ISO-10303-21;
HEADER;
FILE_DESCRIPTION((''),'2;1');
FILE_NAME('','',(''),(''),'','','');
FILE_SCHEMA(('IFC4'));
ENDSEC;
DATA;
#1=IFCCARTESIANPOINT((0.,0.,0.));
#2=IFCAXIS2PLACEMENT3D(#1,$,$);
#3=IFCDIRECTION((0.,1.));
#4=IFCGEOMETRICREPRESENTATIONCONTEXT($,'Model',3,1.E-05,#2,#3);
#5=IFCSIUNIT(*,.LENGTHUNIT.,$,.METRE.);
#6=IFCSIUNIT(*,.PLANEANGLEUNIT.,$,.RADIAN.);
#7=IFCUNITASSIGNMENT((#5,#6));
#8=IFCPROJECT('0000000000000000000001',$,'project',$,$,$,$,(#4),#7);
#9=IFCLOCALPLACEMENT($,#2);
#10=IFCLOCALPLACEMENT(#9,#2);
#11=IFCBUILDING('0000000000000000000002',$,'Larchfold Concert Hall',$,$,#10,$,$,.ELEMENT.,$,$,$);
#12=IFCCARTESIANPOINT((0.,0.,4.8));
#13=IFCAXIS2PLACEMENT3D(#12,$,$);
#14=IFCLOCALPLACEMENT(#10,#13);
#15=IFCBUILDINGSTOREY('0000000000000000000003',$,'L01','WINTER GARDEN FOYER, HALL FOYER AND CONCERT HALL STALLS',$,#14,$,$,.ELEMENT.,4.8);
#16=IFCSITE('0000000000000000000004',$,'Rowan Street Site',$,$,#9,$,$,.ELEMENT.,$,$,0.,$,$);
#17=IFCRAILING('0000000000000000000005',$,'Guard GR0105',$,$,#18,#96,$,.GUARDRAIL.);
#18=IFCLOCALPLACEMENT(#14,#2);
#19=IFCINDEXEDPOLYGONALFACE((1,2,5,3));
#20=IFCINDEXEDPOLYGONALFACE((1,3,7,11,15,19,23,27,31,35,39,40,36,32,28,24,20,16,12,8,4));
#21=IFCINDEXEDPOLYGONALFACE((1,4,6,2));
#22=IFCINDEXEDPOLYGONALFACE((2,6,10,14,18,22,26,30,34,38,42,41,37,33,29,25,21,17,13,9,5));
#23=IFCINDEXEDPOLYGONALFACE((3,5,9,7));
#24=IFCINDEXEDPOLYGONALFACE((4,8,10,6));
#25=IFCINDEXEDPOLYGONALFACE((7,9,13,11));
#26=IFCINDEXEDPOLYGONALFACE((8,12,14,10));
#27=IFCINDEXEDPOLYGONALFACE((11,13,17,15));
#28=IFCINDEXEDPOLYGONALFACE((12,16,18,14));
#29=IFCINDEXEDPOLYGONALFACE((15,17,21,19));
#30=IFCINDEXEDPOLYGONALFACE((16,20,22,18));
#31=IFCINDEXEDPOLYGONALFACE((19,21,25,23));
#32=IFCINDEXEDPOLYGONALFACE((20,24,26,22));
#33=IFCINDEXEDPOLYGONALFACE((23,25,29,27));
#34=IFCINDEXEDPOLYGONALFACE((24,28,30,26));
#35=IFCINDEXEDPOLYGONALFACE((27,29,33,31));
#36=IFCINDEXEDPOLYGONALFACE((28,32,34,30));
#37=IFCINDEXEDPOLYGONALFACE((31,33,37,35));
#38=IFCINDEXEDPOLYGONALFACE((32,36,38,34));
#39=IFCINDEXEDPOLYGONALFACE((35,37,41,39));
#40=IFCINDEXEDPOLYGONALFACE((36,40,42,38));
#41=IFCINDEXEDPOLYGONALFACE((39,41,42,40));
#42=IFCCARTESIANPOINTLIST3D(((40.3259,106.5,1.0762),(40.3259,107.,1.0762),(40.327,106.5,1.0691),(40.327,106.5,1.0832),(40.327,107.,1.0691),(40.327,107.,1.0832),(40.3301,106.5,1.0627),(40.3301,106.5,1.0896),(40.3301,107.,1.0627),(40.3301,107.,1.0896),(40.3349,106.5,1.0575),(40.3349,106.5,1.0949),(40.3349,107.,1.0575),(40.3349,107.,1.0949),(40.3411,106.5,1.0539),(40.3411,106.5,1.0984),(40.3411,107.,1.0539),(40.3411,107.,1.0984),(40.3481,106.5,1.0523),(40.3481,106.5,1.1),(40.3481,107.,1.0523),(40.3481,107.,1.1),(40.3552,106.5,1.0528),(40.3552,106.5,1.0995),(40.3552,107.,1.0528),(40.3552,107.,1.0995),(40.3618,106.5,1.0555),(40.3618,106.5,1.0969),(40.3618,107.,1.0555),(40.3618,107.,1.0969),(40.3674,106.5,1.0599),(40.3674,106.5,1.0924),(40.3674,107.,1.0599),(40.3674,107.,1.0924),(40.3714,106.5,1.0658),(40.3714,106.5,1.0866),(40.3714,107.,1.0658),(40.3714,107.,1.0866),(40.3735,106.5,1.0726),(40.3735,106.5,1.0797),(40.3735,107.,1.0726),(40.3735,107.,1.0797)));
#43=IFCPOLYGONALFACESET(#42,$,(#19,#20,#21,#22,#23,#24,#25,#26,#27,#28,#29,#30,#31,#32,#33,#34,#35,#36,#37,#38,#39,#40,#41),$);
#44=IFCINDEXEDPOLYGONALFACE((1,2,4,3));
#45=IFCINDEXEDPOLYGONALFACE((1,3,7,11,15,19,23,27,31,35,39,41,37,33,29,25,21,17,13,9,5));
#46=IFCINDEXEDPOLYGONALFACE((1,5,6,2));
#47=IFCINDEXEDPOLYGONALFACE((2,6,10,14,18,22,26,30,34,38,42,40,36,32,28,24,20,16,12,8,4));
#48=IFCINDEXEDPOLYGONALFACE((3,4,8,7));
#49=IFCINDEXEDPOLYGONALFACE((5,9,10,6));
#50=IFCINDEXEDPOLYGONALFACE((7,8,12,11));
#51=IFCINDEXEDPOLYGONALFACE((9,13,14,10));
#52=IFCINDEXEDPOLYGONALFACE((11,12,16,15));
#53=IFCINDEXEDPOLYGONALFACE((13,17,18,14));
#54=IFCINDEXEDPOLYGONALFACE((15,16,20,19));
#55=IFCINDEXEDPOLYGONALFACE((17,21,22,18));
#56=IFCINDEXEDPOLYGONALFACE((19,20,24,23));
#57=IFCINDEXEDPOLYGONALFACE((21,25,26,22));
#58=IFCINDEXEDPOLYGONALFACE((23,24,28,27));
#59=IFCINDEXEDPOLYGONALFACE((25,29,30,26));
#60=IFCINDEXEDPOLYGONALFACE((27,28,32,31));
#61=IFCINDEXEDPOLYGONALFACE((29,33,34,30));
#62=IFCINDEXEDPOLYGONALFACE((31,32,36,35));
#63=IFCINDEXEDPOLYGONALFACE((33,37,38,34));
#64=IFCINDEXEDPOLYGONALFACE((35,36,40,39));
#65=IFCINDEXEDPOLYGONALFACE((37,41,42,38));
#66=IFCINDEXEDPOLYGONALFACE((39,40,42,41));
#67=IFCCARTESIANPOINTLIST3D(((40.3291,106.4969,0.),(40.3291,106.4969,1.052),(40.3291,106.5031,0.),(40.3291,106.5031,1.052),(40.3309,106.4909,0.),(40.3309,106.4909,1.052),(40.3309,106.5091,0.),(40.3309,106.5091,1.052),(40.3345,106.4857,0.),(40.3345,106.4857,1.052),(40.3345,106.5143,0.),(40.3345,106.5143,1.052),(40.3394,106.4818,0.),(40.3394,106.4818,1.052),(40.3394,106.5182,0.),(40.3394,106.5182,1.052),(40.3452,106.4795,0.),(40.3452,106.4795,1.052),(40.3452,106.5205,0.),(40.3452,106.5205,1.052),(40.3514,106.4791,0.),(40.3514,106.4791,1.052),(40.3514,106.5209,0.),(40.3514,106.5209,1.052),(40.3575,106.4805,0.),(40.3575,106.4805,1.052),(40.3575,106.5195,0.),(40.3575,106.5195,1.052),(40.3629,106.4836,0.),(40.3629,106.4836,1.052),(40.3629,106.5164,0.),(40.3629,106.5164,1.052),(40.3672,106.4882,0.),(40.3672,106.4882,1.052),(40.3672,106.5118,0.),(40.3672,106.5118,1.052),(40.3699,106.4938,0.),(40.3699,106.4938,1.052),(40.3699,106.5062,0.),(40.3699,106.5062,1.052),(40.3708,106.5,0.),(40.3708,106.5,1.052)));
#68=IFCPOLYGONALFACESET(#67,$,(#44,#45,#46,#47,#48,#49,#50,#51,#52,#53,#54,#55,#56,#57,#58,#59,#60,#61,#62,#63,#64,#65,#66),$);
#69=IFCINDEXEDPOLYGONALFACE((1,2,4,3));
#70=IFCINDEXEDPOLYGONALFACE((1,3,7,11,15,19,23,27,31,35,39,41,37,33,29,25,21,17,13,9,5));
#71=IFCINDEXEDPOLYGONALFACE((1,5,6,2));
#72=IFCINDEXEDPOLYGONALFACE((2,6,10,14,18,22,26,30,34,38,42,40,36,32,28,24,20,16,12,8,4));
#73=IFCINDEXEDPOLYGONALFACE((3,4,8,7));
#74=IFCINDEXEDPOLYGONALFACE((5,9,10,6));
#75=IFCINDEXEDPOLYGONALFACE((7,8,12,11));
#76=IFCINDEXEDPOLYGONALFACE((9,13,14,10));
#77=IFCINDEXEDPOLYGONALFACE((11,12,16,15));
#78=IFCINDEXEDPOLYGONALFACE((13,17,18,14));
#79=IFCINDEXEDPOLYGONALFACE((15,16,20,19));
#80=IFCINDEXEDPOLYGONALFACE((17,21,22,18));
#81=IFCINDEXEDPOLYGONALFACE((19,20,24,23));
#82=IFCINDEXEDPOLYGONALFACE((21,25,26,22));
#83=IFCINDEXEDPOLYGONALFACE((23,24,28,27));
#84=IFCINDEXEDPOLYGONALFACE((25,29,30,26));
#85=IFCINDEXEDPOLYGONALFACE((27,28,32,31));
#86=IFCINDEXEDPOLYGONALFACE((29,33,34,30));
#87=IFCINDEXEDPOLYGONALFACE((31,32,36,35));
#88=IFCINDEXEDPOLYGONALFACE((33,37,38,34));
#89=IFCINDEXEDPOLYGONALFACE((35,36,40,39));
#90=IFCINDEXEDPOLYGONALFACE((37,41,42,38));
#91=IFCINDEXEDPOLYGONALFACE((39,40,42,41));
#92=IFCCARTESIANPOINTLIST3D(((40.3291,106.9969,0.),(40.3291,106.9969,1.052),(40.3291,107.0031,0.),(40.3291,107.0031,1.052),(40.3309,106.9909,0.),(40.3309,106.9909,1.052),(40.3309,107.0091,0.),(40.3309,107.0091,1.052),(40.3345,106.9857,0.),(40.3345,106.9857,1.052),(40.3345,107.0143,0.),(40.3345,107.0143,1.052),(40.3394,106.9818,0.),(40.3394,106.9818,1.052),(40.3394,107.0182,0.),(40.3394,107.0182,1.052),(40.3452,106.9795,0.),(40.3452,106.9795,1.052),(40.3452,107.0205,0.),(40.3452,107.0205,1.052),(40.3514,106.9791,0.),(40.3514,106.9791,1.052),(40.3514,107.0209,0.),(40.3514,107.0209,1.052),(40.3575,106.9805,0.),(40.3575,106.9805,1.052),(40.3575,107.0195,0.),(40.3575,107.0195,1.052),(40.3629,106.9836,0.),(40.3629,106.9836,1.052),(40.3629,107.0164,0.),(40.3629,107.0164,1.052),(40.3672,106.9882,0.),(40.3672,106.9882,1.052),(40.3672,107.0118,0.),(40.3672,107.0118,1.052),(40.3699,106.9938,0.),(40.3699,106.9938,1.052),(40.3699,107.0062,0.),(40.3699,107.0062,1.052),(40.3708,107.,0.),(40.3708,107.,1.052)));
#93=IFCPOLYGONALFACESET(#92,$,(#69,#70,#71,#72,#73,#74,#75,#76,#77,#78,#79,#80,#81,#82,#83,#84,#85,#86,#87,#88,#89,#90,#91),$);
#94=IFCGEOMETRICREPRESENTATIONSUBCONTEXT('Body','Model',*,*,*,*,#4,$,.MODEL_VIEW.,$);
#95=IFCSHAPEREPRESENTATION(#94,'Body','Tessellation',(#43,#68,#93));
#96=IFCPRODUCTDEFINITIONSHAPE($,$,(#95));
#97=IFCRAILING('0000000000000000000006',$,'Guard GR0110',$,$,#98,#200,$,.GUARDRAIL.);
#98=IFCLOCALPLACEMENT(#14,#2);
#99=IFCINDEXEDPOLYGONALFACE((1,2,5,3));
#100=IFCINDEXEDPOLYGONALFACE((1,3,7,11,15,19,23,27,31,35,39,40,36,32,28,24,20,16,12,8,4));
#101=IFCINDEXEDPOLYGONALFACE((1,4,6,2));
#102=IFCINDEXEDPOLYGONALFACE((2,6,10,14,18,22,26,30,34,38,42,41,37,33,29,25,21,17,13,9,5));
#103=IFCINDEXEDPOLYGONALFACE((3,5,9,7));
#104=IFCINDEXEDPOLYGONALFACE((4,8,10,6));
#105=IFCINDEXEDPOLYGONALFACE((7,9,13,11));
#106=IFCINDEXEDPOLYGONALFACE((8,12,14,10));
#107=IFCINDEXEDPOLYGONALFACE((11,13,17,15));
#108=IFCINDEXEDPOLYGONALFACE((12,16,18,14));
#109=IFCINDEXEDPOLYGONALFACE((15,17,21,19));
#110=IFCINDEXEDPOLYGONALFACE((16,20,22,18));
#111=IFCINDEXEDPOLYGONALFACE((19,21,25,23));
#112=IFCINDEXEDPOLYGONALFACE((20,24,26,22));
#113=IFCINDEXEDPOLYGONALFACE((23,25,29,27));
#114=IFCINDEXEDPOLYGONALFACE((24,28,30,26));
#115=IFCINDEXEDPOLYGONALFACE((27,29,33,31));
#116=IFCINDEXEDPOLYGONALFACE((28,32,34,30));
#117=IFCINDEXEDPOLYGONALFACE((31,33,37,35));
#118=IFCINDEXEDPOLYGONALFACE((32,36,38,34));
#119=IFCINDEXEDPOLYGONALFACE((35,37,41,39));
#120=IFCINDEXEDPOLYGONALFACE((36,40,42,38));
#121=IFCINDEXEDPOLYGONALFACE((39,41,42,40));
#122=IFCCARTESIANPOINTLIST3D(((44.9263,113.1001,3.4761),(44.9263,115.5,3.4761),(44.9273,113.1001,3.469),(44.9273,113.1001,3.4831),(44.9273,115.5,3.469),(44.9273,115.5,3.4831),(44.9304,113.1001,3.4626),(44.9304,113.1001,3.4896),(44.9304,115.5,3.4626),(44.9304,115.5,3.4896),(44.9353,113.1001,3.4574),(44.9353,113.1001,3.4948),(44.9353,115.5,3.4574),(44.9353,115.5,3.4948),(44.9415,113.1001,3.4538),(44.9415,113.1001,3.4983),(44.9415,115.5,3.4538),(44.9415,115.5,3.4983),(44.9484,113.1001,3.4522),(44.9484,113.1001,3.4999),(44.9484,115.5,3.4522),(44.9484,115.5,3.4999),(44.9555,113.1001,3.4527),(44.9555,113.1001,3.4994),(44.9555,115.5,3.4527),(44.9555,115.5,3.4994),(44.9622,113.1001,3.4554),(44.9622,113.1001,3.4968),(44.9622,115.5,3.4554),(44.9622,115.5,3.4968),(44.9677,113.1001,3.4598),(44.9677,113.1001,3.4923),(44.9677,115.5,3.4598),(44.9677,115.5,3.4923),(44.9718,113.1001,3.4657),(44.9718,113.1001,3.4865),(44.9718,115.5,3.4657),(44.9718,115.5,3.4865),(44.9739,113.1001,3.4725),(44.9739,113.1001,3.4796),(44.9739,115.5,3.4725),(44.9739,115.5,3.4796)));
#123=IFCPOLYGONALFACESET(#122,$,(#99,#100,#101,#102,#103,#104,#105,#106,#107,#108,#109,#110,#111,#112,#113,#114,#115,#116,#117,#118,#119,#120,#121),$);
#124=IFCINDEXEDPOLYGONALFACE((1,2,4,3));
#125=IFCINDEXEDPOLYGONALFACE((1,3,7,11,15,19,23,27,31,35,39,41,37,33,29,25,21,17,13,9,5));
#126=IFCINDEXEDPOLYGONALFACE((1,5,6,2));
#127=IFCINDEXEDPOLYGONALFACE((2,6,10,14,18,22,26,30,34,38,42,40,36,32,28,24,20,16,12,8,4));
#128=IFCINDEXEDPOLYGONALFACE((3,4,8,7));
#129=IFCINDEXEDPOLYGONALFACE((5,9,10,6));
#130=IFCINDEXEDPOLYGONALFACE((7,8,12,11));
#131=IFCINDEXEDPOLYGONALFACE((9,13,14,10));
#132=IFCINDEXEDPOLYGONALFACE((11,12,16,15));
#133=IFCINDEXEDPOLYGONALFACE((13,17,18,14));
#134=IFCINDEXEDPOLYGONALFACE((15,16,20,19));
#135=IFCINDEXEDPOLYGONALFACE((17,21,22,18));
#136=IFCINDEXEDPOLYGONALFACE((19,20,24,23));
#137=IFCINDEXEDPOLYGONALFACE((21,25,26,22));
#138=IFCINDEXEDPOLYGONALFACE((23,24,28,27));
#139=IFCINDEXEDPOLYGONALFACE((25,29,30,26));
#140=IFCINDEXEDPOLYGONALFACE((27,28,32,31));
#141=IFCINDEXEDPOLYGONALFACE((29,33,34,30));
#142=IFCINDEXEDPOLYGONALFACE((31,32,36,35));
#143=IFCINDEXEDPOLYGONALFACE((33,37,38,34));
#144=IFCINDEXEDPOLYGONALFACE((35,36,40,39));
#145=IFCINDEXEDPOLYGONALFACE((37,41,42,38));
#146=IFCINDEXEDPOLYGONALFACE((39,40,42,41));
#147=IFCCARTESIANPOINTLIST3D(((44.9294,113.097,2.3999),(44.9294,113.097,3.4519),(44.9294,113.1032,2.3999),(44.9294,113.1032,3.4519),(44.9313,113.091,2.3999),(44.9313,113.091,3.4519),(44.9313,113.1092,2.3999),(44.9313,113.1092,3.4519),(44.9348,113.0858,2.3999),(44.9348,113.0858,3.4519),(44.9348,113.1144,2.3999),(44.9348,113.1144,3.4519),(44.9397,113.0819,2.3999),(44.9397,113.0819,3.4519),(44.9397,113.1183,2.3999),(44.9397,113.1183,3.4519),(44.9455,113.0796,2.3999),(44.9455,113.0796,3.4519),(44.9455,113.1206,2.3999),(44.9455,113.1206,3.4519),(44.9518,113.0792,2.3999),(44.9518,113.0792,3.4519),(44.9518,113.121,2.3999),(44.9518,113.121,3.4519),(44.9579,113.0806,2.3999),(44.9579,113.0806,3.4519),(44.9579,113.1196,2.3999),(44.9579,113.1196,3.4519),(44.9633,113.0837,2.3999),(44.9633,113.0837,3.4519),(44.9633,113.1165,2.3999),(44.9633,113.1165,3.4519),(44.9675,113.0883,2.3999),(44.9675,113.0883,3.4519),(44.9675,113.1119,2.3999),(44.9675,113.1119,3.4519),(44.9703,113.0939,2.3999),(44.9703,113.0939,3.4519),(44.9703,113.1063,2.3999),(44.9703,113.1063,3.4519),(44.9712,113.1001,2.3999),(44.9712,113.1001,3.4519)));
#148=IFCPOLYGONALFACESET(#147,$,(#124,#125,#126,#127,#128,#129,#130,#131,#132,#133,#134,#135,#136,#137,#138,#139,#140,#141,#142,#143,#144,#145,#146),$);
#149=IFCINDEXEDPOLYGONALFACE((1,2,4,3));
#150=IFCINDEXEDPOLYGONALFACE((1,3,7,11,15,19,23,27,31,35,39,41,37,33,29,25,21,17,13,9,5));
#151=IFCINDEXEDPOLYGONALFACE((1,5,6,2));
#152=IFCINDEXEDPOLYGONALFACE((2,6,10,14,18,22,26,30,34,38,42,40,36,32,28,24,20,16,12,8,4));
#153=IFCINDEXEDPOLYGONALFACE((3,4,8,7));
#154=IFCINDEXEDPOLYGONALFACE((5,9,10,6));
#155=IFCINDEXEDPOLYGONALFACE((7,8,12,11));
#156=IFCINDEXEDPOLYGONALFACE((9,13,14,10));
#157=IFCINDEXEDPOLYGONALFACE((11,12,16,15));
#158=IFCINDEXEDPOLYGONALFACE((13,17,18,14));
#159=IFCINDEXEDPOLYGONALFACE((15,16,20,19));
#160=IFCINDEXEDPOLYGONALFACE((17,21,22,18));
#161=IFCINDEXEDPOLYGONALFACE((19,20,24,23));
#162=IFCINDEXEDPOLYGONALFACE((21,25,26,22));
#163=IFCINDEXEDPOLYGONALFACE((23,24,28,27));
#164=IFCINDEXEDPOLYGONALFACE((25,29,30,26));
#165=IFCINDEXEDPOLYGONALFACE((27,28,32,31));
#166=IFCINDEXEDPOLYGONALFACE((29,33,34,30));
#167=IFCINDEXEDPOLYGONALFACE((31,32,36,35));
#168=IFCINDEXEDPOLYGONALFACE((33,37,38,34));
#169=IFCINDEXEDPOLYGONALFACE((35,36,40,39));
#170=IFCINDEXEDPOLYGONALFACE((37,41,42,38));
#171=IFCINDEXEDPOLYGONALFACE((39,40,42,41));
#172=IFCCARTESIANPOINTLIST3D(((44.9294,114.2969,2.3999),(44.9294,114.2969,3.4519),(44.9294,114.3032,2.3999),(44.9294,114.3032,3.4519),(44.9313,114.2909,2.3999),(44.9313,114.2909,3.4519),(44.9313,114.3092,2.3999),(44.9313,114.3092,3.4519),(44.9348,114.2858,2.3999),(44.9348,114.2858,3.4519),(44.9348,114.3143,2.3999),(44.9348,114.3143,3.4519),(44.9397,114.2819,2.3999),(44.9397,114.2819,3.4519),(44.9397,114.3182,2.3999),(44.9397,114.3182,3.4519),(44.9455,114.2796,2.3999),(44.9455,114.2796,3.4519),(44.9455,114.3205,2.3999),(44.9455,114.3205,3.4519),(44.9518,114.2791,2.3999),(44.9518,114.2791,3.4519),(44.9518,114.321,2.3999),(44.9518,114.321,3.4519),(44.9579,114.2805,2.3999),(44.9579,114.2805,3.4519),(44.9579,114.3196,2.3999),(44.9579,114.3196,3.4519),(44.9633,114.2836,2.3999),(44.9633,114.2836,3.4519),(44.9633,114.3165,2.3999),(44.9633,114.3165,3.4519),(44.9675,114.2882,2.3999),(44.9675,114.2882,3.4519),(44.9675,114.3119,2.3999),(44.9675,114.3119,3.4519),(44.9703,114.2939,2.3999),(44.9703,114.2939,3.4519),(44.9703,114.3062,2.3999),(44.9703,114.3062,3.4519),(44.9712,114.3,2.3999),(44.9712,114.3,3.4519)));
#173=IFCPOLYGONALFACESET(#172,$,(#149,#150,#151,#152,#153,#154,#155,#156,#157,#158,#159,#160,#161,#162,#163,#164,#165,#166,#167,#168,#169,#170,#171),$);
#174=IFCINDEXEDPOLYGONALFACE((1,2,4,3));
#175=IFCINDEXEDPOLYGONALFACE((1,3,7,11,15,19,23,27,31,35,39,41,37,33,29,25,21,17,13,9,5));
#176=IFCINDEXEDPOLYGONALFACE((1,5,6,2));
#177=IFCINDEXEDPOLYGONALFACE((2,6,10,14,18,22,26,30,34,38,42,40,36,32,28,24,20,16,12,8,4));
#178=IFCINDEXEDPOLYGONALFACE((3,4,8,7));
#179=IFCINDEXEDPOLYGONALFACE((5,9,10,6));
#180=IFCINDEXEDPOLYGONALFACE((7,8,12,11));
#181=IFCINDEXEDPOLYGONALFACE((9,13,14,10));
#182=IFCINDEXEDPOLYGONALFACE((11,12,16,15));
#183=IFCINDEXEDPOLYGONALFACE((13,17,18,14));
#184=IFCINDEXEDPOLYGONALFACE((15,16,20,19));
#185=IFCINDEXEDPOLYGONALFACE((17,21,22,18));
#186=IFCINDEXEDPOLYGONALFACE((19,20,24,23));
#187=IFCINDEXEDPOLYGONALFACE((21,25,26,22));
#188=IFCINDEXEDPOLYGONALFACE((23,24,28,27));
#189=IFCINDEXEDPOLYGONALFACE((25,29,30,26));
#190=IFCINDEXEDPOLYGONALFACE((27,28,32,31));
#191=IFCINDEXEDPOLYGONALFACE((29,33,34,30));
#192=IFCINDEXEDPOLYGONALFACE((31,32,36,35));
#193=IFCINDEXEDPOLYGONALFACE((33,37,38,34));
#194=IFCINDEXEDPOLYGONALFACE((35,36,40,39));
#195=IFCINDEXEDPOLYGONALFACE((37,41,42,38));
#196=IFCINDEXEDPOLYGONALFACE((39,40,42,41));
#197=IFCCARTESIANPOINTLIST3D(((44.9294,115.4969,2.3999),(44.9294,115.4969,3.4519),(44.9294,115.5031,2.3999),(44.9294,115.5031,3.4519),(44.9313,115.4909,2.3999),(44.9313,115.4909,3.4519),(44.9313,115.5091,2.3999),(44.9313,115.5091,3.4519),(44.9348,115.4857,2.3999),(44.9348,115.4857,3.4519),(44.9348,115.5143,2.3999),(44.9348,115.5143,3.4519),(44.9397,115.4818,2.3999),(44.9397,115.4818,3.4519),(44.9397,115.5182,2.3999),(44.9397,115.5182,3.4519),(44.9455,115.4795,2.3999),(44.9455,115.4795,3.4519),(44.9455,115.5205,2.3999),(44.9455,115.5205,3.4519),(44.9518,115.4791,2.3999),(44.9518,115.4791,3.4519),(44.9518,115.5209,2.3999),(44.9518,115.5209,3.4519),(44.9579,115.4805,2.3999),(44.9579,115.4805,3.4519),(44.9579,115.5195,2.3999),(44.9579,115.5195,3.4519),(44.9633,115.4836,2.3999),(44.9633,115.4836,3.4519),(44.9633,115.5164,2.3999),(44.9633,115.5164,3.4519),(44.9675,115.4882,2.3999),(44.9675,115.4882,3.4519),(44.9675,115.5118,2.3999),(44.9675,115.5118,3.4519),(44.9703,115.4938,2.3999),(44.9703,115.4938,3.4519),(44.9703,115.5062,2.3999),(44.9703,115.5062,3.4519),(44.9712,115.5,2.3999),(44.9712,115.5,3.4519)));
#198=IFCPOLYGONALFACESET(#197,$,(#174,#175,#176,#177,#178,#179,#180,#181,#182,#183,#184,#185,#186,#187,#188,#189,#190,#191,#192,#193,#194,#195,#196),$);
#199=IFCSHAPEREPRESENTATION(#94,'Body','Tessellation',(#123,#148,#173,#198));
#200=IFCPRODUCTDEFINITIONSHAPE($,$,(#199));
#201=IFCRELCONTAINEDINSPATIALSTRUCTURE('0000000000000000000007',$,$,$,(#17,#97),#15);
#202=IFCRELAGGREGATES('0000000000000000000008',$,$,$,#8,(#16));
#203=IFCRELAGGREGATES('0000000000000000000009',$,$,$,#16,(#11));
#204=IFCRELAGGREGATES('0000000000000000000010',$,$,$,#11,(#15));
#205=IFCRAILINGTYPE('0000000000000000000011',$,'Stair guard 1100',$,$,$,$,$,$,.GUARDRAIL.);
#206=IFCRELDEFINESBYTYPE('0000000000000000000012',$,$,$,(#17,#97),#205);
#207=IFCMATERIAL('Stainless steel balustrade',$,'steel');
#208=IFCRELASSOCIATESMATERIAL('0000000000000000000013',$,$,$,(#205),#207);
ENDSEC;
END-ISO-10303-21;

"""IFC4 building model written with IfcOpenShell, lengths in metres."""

from ifc_helpers import new_model, si_unit, direction, frame, origin, origin_2d, place, context, subcontext, project, spatial, circle, extrude, material, type_object, element, save


model = new_model("IFC4")

# Units and contexts
model_context = context("Model", 3, precision=1e-05, world=origin(), true_north=direction((0.0, 1.0)))
body_context = subcontext(model_context, "Body", "Model", "MODEL_VIEW")
ifc_project = project(units=[si_unit("LENGTHUNIT", "METRE"), si_unit("PLANEANGLEUNIT", "RADIAN")], contexts=[model_context])

# Site, building, storey
site_placement = place(None, origin())
site = spatial("IfcSite", under=ifc_project, at=site_placement, Name="Rowan Street Site", CompositionType="ELEMENT", RefElevation=0.0)
building_placement = place(site_placement, origin())
building = spatial("IfcBuilding", under=site, at=building_placement, Name="Larchfold Concert Hall", CompositionType="ELEMENT")
storey_placement = place(building_placement, frame((0.0, 0.0, 4.8)))
storey = spatial("IfcBuildingStorey", under=building, at=storey_placement, Name="L01", Description="WINTER GARDEN FOYER, HALL FOYER AND CONCERT HALL STALLS", CompositionType="ELEMENT", Elevation=4.8)

# Railings
ifc_material_1 = material(Name="Stainless steel balustrade", Category="steel")
railing_type_1 = type_object("IfcRailingType", Name="Stair guard 1100", PredefinedType="GUARDRAIL", material=ifc_material_1)
railing_1_placement = place(storey_placement, frame((40.3499, 106.5, 0.0)))
element("IfcRailing", 1, at=railing_1_placement, inside=storey, type_object=railing_type_1, Name="Guard GR0105", PredefinedType="GUARDRAIL", context=body_context, shape_type="SweptSolid", body=[
    extrude(circle(Radius=0.0239, at=origin_2d()), frame((0.0, 0.0, 1.0762), z_axis=(0.0, 1.0, 0.0), x_axis=(-1.0, 0.0, 0.0)), (0.0, 0.0, 1.0), 0.5),
    extrude(circle(Radius=0.021, at=origin_2d()), origin(), (0.0, 0.0, 1.0), 1.052),
    extrude(circle(Radius=0.021, at=origin_2d()), frame((0.0, 0.5, 0.0)), (0.0, 0.0, 1.0), 1.052),
])
railing_2_placement = place(storey_placement, frame((44.9502, 113.1001, 2.3999)))
element("IfcRailing", 2, at=railing_2_placement, inside=storey, type_object=railing_type_1, Name="Guard GR0110", PredefinedType="GUARDRAIL", context=body_context, shape_type="SweptSolid", body=[
    extrude(circle(Radius=0.0239, at=origin_2d()), frame((0.0, 0.0, 1.0762), z_axis=(0.0, 1.0, 0.0), x_axis=(-1.0, 0.0, 0.0)), (0.0, 0.0, 1.0), 2.3999),
    extrude(circle(Radius=0.021, at=origin_2d()), origin(), (0.0, 0.0, 1.0), 1.052),
    extrude(circle(Radius=0.021, at=origin_2d()), frame((0.0, 1.2, 0.0)), (0.0, 0.0, 1.0), 1.052),
    extrude(circle(Radius=0.021, at=origin_2d()), frame((0.0, 2.3999, 0.0)), (0.0, 0.0, 1.0), 1.052),
])

save(model, "model.ifc")
